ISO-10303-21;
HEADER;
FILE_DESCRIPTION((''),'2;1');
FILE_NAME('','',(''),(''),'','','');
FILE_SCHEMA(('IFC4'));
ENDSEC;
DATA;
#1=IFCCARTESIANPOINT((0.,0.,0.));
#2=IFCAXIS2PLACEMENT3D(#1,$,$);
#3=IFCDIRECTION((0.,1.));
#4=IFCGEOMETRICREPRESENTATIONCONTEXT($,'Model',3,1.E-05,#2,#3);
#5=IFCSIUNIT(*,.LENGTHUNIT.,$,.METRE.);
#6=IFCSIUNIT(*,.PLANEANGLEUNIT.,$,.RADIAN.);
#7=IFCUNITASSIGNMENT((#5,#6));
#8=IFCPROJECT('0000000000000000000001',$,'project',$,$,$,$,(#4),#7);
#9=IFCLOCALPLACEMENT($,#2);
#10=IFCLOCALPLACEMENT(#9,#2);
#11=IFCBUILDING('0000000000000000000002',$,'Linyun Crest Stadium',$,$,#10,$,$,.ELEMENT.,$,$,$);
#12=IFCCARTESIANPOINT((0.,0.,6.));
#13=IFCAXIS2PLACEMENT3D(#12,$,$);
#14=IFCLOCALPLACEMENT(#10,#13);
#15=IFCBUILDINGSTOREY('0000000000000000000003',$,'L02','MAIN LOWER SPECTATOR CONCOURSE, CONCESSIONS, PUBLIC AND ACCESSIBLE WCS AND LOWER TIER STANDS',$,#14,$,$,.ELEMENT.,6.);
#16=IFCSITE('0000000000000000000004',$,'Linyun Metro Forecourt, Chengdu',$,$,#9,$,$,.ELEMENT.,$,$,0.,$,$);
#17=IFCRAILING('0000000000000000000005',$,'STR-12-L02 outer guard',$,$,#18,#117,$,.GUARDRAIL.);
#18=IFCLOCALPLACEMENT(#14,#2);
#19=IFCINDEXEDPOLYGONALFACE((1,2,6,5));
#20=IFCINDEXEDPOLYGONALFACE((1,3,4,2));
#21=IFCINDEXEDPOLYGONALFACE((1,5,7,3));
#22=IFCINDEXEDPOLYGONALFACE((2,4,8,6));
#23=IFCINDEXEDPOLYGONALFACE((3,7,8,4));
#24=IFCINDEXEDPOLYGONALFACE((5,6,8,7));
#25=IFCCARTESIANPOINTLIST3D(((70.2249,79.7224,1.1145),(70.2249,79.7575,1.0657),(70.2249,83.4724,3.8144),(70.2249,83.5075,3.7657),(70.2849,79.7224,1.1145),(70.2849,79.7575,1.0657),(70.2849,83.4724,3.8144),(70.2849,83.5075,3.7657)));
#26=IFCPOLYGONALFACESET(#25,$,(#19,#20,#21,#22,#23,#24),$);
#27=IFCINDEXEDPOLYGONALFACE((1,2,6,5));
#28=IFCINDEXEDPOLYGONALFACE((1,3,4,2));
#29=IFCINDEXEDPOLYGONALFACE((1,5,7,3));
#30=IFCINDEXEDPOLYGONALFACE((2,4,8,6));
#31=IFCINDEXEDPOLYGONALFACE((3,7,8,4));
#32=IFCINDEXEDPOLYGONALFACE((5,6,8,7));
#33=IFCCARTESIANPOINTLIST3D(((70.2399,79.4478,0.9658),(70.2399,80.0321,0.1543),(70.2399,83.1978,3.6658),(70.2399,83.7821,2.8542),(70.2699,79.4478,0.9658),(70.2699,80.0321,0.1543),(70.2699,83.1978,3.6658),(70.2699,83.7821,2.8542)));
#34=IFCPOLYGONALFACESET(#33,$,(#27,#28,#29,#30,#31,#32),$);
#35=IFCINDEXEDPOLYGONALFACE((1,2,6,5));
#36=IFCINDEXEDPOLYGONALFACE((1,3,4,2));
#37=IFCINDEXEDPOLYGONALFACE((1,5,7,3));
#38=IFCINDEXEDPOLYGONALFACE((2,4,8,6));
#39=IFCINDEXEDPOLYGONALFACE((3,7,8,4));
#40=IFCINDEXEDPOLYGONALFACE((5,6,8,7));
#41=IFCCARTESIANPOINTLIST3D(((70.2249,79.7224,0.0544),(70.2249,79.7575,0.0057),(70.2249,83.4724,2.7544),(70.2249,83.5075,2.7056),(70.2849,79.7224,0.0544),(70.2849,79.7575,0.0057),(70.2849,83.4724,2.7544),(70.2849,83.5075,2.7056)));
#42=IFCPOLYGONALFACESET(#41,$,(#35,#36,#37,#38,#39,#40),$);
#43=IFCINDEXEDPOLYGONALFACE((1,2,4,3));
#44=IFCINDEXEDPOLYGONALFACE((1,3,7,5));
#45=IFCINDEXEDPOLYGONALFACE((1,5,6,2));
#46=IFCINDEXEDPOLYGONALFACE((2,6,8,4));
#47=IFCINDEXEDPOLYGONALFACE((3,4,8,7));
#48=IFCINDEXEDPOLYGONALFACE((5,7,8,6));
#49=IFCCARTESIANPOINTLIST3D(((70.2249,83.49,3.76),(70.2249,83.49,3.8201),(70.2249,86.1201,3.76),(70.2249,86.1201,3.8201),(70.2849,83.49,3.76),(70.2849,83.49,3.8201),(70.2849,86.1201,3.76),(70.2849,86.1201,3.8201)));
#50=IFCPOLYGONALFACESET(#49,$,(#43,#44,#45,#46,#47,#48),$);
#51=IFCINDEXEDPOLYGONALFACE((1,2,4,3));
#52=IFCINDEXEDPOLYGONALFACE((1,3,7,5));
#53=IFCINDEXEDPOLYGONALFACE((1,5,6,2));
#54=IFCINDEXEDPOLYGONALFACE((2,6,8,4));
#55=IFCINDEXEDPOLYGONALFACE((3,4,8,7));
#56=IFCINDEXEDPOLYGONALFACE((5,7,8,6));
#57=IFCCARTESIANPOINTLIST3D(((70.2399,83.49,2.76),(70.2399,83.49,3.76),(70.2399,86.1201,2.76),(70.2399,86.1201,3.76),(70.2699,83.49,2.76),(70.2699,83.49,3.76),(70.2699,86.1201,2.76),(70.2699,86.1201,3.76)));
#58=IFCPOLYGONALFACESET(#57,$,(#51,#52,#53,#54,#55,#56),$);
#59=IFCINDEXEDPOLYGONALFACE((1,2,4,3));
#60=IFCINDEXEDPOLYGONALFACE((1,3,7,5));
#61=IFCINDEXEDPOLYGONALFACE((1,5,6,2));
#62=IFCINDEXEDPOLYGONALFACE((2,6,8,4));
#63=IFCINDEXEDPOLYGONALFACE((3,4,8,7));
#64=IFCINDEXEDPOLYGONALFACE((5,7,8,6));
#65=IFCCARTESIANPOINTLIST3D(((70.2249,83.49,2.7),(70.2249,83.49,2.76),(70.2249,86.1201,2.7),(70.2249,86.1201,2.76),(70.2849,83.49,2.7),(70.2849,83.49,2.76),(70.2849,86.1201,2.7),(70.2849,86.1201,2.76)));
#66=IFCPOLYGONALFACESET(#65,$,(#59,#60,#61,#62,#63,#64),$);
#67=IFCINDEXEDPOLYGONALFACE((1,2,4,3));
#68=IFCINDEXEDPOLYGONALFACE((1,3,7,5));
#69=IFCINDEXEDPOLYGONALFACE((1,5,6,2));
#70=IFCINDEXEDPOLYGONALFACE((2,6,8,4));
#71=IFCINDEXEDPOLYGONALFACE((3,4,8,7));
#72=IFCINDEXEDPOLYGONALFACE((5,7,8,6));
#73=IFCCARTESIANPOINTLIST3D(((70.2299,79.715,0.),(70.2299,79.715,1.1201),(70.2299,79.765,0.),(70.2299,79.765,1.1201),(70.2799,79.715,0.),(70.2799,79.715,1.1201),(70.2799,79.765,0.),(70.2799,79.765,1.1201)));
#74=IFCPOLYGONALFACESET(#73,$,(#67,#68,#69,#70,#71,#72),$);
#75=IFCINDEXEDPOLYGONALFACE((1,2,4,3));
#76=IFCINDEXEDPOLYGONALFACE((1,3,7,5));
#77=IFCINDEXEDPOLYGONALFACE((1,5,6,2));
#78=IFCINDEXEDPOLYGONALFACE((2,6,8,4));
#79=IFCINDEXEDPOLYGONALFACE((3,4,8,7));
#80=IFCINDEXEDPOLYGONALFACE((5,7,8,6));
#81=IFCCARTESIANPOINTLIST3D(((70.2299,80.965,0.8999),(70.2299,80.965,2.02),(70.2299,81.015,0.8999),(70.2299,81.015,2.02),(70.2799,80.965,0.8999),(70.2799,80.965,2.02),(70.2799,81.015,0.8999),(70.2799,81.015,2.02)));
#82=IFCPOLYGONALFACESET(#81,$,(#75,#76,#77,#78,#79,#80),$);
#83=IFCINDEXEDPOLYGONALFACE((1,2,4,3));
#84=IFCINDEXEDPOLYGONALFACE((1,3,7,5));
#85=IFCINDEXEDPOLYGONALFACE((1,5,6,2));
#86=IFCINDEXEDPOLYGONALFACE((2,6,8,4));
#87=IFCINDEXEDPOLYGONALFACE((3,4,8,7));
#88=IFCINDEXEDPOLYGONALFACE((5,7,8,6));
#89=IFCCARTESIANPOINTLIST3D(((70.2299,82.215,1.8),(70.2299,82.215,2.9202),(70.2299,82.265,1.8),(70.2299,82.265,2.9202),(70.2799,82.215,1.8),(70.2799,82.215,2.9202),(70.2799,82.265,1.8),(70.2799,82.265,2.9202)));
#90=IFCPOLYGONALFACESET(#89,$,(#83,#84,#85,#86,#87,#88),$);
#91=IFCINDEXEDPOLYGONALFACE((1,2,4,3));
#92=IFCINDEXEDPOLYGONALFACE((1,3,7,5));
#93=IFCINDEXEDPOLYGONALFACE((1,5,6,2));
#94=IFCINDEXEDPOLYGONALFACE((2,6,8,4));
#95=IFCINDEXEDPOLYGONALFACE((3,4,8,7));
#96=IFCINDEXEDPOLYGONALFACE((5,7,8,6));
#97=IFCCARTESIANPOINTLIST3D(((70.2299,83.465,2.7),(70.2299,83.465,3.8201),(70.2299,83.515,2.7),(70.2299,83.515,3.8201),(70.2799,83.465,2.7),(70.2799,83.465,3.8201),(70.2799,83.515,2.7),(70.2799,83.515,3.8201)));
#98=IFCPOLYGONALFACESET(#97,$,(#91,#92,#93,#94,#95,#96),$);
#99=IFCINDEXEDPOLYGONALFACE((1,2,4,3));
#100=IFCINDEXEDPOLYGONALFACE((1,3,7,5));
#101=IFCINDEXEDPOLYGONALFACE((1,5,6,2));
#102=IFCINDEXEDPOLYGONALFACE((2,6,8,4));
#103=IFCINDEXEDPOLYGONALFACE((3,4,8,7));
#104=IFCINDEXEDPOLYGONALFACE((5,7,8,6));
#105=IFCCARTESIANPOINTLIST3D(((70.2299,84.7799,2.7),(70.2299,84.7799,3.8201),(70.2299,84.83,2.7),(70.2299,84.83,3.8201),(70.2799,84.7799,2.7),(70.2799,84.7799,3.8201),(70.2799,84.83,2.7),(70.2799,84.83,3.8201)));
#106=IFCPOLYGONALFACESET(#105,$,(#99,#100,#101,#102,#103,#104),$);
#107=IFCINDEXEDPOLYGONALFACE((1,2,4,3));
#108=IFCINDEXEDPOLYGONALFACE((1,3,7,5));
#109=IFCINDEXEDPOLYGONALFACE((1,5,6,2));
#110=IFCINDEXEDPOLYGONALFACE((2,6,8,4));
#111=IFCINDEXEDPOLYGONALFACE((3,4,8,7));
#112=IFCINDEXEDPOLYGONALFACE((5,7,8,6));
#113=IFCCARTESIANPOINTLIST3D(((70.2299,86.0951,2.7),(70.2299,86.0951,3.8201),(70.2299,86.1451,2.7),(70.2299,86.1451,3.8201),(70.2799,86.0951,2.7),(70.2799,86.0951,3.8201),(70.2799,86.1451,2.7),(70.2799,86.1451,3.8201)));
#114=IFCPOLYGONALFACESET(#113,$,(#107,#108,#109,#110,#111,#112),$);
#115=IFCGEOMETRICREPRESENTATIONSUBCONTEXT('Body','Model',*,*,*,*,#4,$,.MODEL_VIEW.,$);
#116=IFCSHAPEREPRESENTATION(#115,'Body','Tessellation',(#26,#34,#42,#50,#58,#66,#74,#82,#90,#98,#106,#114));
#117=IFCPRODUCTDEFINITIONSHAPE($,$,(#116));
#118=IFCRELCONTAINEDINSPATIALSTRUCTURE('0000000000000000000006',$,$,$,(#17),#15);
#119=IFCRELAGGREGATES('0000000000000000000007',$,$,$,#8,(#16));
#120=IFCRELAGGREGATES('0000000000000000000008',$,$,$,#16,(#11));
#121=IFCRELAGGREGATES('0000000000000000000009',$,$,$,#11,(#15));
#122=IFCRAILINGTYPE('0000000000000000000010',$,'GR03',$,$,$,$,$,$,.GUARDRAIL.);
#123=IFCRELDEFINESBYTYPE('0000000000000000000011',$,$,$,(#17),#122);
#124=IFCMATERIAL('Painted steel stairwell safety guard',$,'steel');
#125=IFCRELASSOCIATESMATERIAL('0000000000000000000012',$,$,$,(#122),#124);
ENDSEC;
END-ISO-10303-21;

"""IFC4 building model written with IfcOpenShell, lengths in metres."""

from ifc_helpers import new_model, si_unit, direction, frame, origin, origin_2d, place, context, subcontext, project, spatial, rectangle, extrude, material, type_object, element, save


model = new_model("IFC4")

# Units and contexts
model_context = context("Model", 3, precision=1e-05, world=origin(), true_north=direction((0.0, 1.0)))
body_context = subcontext(model_context, "Body", "Model", "MODEL_VIEW")
ifc_project = project(units=[si_unit("LENGTHUNIT", "METRE"), si_unit("PLANEANGLEUNIT", "RADIAN")], contexts=[model_context])

# Site, building, storey
site_placement = place(None, origin())
site = spatial("IfcSite", under=ifc_project, at=site_placement, Name="Linyun Metro Forecourt, Chengdu", CompositionType="ELEMENT", RefElevation=0.0)
building_placement = place(site_placement, origin())
building = spatial("IfcBuilding", under=site, at=building_placement, Name="Linyun Crest Stadium", CompositionType="ELEMENT")
storey_placement = place(building_placement, frame((0.0, 0.0, 6.0)))
storey = spatial("IfcBuildingStorey", under=building, at=storey_placement, Name="L02", Description="MAIN LOWER SPECTATOR CONCOURSE, CONCESSIONS, PUBLIC AND ACCESSIBLE WCS AND LOWER TIER STANDS", CompositionType="ELEMENT", Elevation=6.0)

# Railing
ifc_material_1 = material(Name="Painted steel stairwell safety guard", Category="steel")
railing_type_1 = type_object("IfcRailingType", Name="GR03", PredefinedType="GUARDRAIL", material=ifc_material_1)
railing_1_placement = place(storey_placement, frame((70.2549, 79.74, 0.0)))
element("IfcRailing", 1, at=railing_1_placement, inside=storey, type_object=railing_type_1, Name="STR-12-L02 outer guard", PredefinedType="GUARDRAIL", context=body_context, shape_type="SweptSolid", body=[
    extrude(rectangle(XDim=0.0601, YDim=0.0601, at=origin_2d()), frame((0.0, 0.0, 1.0901), z_axis=(0.0, 0.811539, 0.584298), x_axis=(-1.0, 0.0, 0.0)), (0.0, 0.0, 1.0), 4.6208),
    extrude(rectangle(XDim=0.03, YDim=1.0, at=origin_2d()), frame((0.0, 0.0, 0.5601), z_axis=(0.0, 0.811539, 0.584298), x_axis=(-1.0, 0.0, 0.0)), (0.0, 0.0, 1.0), 4.6208),
    extrude(rectangle(XDim=0.0601, YDim=0.0601, at=origin_2d()), frame((0.0, 0.0, 0.03), z_axis=(0.0, 0.811539, 0.584298), x_axis=(-1.0, 0.0, 0.0)), (0.0, 0.0, 1.0), 4.6208),
    extrude(rectangle(XDim=0.0601, YDim=0.0601, at=origin_2d()), frame((0.0, 3.75, 3.79), z_axis=(0.0, 1.0, 0.0), x_axis=(-1.0, 0.0, 0.0)), (0.0, 0.0, 1.0), 2.6301),
    extrude(rectangle(XDim=0.03, YDim=1.0, at=origin_2d()), frame((0.0, 3.75, 3.26), z_axis=(0.0, 1.0, 0.0), x_axis=(-1.0, 0.0, 0.0)), (0.0, 0.0, 1.0), 2.6301),
    extrude(rectangle(XDim=0.0601, YDim=0.0601, at=origin_2d()), frame((0.0, 3.75, 2.73), z_axis=(0.0, 1.0, 0.0), x_axis=(-1.0, 0.0, 0.0)), (0.0, 0.0, 1.0), 2.6301),
    extrude(rectangle(XDim=0.05, YDim=0.05, at=origin_2d()), origin(), (0.0, 0.0, 1.0), 1.1201),
    extrude(rectangle(XDim=0.05, YDim=0.05, at=origin_2d()), frame((0.0, 1.25, 0.8999)), (0.0, 0.0, 1.0), 1.1201),
    extrude(rectangle(XDim=0.05, YDim=0.05, at=origin_2d()), frame((0.0, 2.5, 1.8)), (0.0, 0.0, 1.0), 1.1201),
    extrude(rectangle(XDim=0.05, YDim=0.05, at=origin_2d()), frame((0.0, 3.75, 2.7)), (0.0, 0.0, 1.0), 1.1201),
    extrude(rectangle(XDim=0.05, YDim=0.05, at=origin_2d()), frame((0.0, 5.0649, 2.7)), (0.0, 0.0, 1.0), 1.1201),
    extrude(rectangle(XDim=0.05, YDim=0.05, at=origin_2d()), frame((0.0, 6.3801, 2.7)), (0.0, 0.0, 1.0), 1.1201),
])

save(model, "model.ifc")
